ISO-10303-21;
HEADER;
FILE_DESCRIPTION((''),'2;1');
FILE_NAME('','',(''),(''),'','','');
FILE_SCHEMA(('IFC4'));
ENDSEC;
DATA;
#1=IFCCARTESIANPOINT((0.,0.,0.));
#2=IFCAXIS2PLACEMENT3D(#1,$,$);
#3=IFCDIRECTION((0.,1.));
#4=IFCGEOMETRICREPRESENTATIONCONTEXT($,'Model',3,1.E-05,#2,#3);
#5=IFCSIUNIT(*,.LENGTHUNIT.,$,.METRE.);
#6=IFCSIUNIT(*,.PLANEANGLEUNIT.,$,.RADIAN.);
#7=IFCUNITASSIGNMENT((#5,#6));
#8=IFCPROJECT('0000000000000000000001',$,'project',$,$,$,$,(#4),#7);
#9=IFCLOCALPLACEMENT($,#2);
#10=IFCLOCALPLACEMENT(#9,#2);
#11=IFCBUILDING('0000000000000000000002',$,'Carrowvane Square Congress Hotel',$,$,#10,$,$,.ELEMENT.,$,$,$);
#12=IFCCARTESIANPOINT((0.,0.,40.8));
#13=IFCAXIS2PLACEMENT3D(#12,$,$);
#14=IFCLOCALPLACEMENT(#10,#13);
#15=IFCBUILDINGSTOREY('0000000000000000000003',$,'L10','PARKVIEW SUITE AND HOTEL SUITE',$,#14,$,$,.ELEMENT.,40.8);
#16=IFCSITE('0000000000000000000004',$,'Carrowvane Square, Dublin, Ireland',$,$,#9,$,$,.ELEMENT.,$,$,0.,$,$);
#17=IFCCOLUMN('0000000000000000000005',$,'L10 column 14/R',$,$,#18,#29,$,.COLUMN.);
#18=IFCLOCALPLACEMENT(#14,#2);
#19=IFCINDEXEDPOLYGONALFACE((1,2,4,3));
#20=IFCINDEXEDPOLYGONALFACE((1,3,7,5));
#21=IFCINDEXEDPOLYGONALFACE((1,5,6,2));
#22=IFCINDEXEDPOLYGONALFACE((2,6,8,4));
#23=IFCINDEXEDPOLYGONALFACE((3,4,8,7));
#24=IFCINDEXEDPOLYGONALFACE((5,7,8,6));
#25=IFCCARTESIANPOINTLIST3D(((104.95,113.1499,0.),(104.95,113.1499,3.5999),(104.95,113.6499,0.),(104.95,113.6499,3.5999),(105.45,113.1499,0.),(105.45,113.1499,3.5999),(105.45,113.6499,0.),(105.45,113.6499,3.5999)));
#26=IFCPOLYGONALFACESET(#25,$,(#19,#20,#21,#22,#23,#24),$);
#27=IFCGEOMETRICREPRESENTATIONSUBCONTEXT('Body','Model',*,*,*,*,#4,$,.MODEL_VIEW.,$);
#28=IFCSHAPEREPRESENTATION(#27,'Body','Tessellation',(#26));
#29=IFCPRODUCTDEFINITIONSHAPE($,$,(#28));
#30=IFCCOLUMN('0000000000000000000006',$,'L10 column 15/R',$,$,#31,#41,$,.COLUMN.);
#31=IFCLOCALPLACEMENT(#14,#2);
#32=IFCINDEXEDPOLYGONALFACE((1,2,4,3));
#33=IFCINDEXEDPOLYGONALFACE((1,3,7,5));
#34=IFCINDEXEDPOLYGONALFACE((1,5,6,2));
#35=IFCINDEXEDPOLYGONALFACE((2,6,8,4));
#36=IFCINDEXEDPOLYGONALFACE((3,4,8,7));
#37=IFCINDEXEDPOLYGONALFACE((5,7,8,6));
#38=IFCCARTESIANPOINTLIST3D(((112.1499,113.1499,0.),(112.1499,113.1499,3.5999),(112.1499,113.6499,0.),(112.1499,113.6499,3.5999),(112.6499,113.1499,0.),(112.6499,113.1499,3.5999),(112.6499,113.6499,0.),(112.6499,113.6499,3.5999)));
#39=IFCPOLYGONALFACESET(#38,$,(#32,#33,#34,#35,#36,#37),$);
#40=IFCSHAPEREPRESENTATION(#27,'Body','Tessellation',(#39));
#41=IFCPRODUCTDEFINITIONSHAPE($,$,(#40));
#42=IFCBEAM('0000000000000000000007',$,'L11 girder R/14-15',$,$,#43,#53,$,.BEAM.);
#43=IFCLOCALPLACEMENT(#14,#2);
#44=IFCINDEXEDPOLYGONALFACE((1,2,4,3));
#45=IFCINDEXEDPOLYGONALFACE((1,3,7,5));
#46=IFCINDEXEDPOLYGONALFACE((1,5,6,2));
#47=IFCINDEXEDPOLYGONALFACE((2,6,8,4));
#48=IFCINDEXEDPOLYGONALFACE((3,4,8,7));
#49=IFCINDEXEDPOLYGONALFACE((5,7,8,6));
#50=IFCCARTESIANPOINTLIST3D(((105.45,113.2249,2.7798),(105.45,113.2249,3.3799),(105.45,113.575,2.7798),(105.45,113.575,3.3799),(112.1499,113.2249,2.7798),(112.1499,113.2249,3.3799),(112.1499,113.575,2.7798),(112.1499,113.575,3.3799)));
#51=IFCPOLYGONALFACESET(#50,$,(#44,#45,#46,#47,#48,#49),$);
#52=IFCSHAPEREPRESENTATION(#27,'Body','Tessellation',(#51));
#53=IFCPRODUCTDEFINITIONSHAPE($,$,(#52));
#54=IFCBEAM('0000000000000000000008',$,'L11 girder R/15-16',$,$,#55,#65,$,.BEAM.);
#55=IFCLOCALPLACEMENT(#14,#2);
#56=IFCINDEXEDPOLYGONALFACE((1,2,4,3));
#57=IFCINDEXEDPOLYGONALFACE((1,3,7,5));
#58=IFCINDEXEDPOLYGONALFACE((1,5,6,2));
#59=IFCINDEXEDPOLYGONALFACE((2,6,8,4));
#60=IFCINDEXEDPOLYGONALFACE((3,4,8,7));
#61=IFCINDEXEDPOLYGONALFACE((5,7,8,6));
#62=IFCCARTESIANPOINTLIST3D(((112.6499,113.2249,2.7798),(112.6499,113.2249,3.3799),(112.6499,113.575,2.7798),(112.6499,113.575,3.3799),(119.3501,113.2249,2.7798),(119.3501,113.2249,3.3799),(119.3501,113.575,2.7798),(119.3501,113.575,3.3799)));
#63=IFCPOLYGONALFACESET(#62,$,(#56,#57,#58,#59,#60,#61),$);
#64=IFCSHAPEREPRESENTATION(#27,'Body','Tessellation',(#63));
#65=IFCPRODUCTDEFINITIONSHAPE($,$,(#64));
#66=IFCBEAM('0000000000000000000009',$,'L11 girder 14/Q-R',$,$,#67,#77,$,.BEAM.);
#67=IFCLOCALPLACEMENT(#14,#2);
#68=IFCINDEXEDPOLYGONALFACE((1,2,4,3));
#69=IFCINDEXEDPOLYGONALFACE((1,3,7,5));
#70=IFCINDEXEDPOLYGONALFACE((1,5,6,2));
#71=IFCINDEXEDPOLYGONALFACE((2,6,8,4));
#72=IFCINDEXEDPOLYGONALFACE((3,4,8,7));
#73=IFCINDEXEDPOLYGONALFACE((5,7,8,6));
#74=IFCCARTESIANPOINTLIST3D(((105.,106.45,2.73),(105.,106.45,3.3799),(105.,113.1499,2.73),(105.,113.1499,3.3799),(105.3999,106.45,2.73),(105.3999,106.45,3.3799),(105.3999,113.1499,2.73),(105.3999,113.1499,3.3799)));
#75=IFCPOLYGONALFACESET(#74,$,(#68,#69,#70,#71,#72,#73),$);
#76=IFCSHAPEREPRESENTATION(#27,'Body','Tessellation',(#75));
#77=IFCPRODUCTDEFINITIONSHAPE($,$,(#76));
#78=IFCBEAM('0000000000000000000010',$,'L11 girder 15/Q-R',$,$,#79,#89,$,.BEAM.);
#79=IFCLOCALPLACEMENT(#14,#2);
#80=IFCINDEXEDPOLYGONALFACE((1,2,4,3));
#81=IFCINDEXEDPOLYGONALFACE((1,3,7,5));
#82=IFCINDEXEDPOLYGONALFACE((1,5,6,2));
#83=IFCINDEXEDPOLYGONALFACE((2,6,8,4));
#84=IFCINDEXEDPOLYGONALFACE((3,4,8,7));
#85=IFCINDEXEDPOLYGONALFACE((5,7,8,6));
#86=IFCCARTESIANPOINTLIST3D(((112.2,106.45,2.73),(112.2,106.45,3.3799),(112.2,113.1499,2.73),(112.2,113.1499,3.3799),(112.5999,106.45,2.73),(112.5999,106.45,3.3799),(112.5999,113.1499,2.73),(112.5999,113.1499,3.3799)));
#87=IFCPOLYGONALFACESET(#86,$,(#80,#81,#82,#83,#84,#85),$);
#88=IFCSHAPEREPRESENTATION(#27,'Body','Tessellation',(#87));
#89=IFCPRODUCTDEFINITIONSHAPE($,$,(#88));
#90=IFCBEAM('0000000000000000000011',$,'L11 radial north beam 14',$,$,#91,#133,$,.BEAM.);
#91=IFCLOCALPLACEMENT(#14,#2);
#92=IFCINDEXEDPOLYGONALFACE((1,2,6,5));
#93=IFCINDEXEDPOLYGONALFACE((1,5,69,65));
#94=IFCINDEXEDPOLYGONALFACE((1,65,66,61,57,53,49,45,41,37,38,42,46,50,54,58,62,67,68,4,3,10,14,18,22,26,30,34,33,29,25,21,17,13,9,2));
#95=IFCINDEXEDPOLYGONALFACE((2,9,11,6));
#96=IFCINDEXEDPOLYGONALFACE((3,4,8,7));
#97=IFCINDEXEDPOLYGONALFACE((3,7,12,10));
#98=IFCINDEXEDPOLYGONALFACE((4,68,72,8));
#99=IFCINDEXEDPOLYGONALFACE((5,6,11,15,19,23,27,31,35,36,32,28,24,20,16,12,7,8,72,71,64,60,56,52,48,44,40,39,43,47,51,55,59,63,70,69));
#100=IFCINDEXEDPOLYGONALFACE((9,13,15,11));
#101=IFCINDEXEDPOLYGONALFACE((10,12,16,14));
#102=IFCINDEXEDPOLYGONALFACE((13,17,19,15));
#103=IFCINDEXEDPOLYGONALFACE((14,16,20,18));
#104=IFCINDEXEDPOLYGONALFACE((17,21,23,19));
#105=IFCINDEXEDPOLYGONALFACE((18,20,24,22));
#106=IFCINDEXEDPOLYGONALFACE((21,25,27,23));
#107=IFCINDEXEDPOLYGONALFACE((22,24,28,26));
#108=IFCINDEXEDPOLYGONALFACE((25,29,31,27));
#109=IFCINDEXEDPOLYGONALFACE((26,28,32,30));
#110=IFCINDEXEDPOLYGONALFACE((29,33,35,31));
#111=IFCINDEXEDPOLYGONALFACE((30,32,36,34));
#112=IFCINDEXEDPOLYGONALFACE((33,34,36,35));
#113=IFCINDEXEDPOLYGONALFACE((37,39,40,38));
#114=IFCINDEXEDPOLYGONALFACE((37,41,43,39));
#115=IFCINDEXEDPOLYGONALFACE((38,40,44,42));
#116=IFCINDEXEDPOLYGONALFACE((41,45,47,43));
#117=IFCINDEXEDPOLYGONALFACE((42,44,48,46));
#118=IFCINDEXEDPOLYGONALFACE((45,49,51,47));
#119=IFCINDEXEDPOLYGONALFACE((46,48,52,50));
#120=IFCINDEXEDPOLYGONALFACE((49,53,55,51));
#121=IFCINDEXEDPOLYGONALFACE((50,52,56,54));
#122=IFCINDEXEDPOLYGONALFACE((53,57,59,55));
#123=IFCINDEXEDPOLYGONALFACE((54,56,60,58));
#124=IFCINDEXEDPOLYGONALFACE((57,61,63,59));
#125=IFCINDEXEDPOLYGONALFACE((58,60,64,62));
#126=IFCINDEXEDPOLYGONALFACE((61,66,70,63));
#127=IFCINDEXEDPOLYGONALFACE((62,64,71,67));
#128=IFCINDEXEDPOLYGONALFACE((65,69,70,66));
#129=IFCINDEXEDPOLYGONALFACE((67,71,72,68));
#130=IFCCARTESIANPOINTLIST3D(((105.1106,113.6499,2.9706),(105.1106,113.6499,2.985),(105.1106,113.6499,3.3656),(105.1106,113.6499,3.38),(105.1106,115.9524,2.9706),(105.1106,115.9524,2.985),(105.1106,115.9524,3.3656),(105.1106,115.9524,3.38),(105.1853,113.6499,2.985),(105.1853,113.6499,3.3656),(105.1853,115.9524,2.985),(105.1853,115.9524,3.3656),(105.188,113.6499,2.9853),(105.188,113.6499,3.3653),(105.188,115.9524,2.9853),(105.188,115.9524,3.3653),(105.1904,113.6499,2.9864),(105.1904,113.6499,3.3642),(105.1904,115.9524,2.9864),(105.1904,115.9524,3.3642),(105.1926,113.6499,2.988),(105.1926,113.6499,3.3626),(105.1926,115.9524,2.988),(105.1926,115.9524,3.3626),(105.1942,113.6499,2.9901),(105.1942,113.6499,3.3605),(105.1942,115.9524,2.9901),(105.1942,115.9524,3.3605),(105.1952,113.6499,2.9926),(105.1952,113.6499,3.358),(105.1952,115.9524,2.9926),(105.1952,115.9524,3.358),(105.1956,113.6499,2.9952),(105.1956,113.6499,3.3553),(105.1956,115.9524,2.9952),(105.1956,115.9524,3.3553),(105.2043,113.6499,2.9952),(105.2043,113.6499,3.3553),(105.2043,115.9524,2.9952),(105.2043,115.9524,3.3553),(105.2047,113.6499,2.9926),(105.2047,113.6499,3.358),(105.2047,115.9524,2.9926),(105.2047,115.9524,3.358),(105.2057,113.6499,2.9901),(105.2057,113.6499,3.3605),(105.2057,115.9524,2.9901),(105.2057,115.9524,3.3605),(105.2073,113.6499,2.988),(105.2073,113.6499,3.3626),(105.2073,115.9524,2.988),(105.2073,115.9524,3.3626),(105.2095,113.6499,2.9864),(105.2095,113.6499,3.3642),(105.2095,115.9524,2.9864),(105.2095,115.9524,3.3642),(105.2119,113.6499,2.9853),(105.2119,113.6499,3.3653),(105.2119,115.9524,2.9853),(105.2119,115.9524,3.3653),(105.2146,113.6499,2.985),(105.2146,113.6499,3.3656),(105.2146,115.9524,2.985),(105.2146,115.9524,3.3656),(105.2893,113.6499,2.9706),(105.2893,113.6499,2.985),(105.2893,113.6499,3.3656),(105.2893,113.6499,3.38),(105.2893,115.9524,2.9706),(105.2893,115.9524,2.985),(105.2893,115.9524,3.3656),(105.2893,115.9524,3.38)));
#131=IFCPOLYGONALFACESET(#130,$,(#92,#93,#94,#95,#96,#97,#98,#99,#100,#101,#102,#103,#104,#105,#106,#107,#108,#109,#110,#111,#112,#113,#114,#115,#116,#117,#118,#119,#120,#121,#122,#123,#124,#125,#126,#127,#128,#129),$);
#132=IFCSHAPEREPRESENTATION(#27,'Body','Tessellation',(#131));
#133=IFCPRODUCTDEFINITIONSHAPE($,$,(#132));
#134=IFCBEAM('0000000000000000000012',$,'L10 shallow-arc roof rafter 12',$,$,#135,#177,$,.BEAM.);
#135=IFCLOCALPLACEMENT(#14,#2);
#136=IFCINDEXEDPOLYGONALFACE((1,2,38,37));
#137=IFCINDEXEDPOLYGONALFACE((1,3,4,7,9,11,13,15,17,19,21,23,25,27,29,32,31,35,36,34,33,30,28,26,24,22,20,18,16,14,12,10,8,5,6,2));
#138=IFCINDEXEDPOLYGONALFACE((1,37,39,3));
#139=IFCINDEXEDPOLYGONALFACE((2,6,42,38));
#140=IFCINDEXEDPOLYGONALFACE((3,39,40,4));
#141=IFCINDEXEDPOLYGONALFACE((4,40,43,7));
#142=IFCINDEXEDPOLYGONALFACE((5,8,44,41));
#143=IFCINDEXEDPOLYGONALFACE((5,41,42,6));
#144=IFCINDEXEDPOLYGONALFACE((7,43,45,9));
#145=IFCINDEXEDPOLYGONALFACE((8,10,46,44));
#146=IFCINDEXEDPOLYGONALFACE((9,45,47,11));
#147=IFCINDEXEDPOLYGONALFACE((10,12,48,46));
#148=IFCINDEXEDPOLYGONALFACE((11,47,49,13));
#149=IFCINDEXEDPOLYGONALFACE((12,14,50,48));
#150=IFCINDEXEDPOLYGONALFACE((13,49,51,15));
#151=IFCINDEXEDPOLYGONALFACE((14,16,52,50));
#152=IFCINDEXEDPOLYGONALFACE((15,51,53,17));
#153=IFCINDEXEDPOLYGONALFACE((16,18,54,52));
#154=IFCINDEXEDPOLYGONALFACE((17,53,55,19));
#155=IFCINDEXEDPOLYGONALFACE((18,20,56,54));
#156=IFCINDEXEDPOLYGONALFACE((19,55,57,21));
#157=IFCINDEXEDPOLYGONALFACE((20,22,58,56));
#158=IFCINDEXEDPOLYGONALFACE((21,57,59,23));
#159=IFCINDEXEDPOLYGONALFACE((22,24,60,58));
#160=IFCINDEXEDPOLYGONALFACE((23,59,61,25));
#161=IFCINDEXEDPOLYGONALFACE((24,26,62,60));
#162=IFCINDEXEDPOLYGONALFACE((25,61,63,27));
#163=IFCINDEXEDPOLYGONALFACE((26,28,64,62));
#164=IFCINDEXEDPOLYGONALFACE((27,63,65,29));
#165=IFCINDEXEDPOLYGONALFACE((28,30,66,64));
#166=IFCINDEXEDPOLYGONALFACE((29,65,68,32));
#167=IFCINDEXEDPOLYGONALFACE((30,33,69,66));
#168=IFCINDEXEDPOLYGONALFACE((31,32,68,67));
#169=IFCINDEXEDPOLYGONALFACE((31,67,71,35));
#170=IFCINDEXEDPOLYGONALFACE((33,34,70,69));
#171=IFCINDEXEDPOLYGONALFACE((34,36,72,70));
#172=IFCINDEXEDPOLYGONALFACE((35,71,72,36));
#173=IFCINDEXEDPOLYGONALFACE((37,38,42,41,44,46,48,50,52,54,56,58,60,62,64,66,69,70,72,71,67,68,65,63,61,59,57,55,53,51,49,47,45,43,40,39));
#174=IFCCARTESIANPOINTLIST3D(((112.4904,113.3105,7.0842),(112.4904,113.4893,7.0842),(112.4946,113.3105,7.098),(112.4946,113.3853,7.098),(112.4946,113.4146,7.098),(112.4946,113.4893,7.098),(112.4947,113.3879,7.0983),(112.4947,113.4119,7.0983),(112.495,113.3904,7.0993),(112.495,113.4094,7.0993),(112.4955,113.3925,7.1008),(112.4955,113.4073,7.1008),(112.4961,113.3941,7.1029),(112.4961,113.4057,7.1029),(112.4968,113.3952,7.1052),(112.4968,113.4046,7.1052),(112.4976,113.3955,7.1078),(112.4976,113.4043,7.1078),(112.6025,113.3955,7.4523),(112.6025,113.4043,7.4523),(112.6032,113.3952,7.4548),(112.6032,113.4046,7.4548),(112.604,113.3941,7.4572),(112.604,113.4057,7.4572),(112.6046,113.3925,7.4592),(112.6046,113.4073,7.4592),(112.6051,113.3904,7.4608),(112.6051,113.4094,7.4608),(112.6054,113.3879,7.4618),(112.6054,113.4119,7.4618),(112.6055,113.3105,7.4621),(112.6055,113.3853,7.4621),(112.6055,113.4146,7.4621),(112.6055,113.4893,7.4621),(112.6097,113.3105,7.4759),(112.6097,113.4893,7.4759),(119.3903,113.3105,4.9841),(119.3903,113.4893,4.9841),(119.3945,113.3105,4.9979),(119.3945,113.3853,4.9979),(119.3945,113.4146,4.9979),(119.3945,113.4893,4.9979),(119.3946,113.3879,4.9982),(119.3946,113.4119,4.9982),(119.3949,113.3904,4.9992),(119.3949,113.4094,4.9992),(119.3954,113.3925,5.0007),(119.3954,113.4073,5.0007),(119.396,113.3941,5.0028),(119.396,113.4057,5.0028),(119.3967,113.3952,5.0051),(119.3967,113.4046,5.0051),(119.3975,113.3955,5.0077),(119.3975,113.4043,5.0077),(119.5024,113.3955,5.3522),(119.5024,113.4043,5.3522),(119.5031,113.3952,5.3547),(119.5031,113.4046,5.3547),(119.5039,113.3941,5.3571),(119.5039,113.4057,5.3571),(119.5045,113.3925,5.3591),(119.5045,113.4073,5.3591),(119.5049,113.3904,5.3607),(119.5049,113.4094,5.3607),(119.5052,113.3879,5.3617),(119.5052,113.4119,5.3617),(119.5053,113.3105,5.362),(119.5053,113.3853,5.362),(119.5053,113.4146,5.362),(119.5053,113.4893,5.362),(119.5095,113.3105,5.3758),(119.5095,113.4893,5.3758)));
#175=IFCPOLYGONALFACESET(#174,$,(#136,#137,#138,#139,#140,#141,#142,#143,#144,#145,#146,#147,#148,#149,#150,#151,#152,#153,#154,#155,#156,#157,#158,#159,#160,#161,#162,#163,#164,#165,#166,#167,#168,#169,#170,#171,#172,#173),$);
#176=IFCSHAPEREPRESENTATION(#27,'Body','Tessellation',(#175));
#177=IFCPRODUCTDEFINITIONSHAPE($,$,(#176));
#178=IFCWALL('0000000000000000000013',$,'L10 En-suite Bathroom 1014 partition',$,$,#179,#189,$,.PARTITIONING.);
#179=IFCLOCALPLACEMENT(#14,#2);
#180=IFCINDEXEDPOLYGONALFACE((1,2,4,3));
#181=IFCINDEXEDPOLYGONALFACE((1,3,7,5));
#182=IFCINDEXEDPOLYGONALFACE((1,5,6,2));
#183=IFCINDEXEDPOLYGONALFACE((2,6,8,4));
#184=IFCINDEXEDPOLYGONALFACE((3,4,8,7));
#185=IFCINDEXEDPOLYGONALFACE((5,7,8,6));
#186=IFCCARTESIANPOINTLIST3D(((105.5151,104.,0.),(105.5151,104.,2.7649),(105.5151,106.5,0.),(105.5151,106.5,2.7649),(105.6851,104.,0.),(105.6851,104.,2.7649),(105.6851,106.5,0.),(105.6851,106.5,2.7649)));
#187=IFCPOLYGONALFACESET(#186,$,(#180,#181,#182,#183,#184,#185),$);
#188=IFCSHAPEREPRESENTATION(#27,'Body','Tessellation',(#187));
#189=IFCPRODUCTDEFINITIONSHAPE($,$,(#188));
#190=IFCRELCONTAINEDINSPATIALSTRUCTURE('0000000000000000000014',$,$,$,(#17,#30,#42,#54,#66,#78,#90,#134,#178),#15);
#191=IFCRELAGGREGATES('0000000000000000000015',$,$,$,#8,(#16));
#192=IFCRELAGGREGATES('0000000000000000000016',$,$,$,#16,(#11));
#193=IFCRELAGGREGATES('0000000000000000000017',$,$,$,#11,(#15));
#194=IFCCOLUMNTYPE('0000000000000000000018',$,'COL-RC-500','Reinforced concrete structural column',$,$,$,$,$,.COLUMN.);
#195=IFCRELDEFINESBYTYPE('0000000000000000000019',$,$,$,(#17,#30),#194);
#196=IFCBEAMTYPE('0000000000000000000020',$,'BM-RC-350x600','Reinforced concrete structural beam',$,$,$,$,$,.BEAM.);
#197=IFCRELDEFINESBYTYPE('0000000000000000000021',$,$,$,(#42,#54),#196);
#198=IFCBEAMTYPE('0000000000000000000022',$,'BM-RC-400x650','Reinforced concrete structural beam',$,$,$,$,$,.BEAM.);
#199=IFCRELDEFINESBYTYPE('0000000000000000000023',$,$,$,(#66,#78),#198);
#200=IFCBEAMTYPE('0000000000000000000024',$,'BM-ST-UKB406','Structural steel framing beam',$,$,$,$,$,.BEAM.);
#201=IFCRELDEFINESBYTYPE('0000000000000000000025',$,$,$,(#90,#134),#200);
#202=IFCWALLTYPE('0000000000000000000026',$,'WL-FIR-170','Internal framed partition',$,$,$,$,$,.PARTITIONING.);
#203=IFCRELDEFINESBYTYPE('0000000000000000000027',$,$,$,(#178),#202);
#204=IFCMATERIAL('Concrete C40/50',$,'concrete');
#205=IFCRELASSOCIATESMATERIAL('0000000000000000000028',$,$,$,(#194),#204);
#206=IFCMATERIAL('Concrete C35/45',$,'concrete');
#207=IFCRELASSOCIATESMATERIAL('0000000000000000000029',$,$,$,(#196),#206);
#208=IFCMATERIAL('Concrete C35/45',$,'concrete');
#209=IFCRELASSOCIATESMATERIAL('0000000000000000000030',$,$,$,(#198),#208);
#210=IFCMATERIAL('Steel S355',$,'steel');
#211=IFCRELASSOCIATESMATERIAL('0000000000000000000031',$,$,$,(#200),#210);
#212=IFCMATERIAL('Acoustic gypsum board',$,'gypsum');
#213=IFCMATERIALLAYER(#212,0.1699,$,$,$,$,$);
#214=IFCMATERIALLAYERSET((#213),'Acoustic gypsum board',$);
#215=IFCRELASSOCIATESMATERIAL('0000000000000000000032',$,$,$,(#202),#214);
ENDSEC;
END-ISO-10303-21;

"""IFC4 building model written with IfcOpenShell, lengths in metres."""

from ifc_helpers import new_model, si_unit, direction, frame, frame_2d, origin, origin_2d, place, context, subcontext, project, spatial, rectangle, i_section, extrude, material, layer, layer_set, material_profile, profile_set, type_object, element, save


model = new_model("IFC4")

# Units and contexts
model_context = context("Model", 3, precision=1e-05, world=origin(), true_north=direction((0.0, 1.0)))
body_context = subcontext(model_context, "Body", "Model", "MODEL_VIEW")
ifc_project = project(units=[si_unit("LENGTHUNIT", "METRE"), si_unit("PLANEANGLEUNIT", "RADIAN")], contexts=[model_context])

# Site, building, storey
site_placement = place(None, origin())
site = spatial("IfcSite", under=ifc_project, at=site_placement, Name="Carrowvane Square, Dublin, Ireland", CompositionType="ELEMENT", RefElevation=0.0)
building_placement = place(site_placement, origin())
building = spatial("IfcBuilding", under=site, at=building_placement, Name="Carrowvane Square Congress Hotel", CompositionType="ELEMENT")
storey_placement = place(building_placement, frame((0.0, 0.0, 40.8)))
storey = spatial("IfcBuildingStorey", under=building, at=storey_placement, Name="L10", Description="PARKVIEW SUITE AND HOTEL SUITE", CompositionType="ELEMENT", Elevation=40.8)

# Columns
ifc_material_1 = material(Name="Concrete C40/50", Category="concrete")
ifc_material_profile_1 = material_profile(ifc_material_1, rectangle(XDim=0.5, YDim=0.5, at=origin_2d()), Name="RC 500x500")
ifc_profile_set_1 = profile_set([ifc_material_profile_1], Name="Concrete C40/50")
column_type = type_object("IfcColumnType", Name="COL-RC-500", Description="Reinforced concrete structural column", PredefinedType="COLUMN", material=ifc_profile_set_1)
for number, where, z_axis, x_axis, name in (
    (1, (105.2, 113.3999, 0.0), (0.0, 0.0, 1.0), (1.0, 0.0, 0.0), "L10 column 14/R"),
    (2, (112.3999, 113.3999, 0.0), (0.0, 0.0, 1.0), (1.0, 0.0, 0.0), "L10 column 15/R"),
):
    element("IfcColumn", number, at=place(storey_placement, frame(where, z_axis=z_axis, x_axis=x_axis)), inside=storey, type_object=column_type, Name=name, PredefinedType="COLUMN", context=body_context, shape_type="SweptSolid", body=[
        extrude(rectangle(XDim=0.5, YDim=0.5, at=origin_2d()), origin(), (0.0, 0.0, 1.0), 3.5999),
    ])

# Beams
ifc_material_2 = material(Name="Concrete C35/45", Category="concrete")
ifc_material_profile_2 = material_profile(ifc_material_2, rectangle(XDim=0.3501, YDim=0.6001, at=origin_2d()), Name="RC 350x600")
ifc_profile_set_2 = profile_set([ifc_material_profile_2], Name="Concrete C35/45")
beam_type_1 = type_object("IfcBeamType", Name="BM-RC-350x600", Description="Reinforced concrete structural beam", PredefinedType="BEAM", material=ifc_profile_set_2)
beam_1_placement = place(storey_placement, frame((105.45, 113.3999, 3.0798), z_axis=(1.0, 0.0, 0.0), x_axis=(0.0, 1.0, 0.0)))
element("IfcBeam", 3, at=beam_1_placement, inside=storey, type_object=beam_type_1, Name="L11 girder R/14-15", PredefinedType="BEAM", context=body_context, shape_type="SweptSolid", body=[
    extrude(rectangle(XDim=0.3501, YDim=0.6001, at=origin_2d()), origin(), (0.0, 0.0, 1.0), 6.7),
])
beam_2_placement = place(storey_placement, frame((112.6499, 113.3999, 3.0798), z_axis=(1.0, 0.0, 0.0), x_axis=(0.0, 1.0, 0.0)))
element("IfcBeam", 4, at=beam_2_placement, inside=storey, type_object=beam_type_1, Name="L11 girder R/15-16", PredefinedType="BEAM", context=body_context, shape_type="SweptSolid", body=[
    extrude(rectangle(XDim=0.3501, YDim=0.6001, at=origin_2d()), origin(), (0.0, 0.0, 1.0), 6.7002),
])
ifc_material_3 = material(Name="Concrete C35/45", Category="concrete")
ifc_material_profile_3 = material_profile(ifc_material_3, rectangle(XDim=0.3999, YDim=0.6499, at=origin_2d()), Name="RC 400x650")
ifc_profile_set_3 = profile_set([ifc_material_profile_3], Name="Concrete C35/45")
beam_type_2 = type_object("IfcBeamType", Name="BM-RC-400x650", Description="Reinforced concrete structural beam", PredefinedType="BEAM", material=ifc_profile_set_3)
for number, where, z_axis, x_axis, name in (
    (5, (105.2, 106.45, 3.0549), (0.0, 1.0, 0.0), (-1.0, 0.0, 0.0), "L11 girder 14/Q-R"),
    (6, (112.3999, 106.45, 3.0549), (0.0, 1.0, 0.0), (-1.0, 0.0, 0.0), "L11 girder 15/Q-R"),
):
    element("IfcBeam", number, at=place(storey_placement, frame(where, z_axis=z_axis, x_axis=x_axis)), inside=storey, type_object=beam_type_2, Name=name, PredefinedType="BEAM", context=body_context, shape_type="SweptSolid", body=[
        extrude(rectangle(XDim=0.3999, YDim=0.6499, at=origin_2d()), origin(), (0.0, 0.0, 1.0), 6.7),
    ])
ifc_material_4 = material(Name="Steel S355", Category="steel")
ifc_material_profile_4 = material_profile(ifc_material_4, i_section(OverallWidth=0.1787, OverallDepth=0.4094, WebThickness=0.0088, FlangeThickness=0.0144, FilletRadius=0.0103, at=origin_2d()), Name="UKB 406x178x67")
ifc_profile_set_4 = profile_set([ifc_material_profile_4], Name="Steel S355")
beam_type_3 = type_object("IfcBeamType", Name="BM-ST-UKB406", Description="Structural steel framing beam", PredefinedType="BEAM", material=ifc_profile_set_4)
beam_3_placement = place(storey_placement, frame((105.2, 113.6499, 3.1753), z_axis=(0.0, 1.0, 0.0), x_axis=(-1.0, 0.0, 0.0)))
element("IfcBeam", 7, at=beam_3_placement, inside=storey, type_object=beam_type_3, Name="L11 radial north beam 14", PredefinedType="BEAM", context=body_context, shape_type="SweptSolid", body=[
    extrude(i_section(OverallWidth=0.1787, OverallDepth=0.4094, WebThickness=0.0088, FlangeThickness=0.0144, FilletRadius=0.0103, at=origin_2d()), origin(), (0.0, 0.0, 1.0), 2.3025),
])
beam_4_placement = place(storey_placement, frame((112.55, 113.3999, 7.28), z_axis=(0.956669, 0.0, -0.291178), x_axis=(0.0, 1.0, 0.0)))
element("IfcBeam", 8, at=beam_4_placement, inside=storey, type_object=beam_type_3, Name="L10 shallow-arc roof rafter 12", PredefinedType="BEAM", context=body_context, shape_type="SweptSolid", body=[
    extrude(i_section(OverallWidth=0.1787, OverallDepth=0.4094, WebThickness=0.0088, FlangeThickness=0.0144, FilletRadius=0.0103, at=origin_2d()), origin(), (0.0, 0.0, 1.0), 7.2124),
])

# Wall
ifc_material_5 = material(Name="Acoustic gypsum board", Category="gypsum")
ifc_layer_1 = layer(ifc_material_5, 0.1699)
ifc_layer_set_1 = layer_set([ifc_layer_1], Name="Acoustic gypsum board")
wall_type_1 = type_object("IfcWallType", Name="WL-FIR-170", Description="Internal framed partition", PredefinedType="PARTITIONING", material=ifc_layer_set_1)
wall_1_placement = place(storey_placement, frame((105.6001, 106.5, 0.0), z_axis=(0.0, 0.0, 1.0), x_axis=(0.0, -1.0, 0.0)))
element("IfcWall", 9, at=wall_1_placement, inside=storey, type_object=wall_type_1, Name="L10 En-suite Bathroom 1014 partition", PredefinedType="PARTITIONING", context=body_context, shape_type="SweptSolid", body=[
    extrude(rectangle(XDim=2.5, YDim=0.1699, at=frame_2d((1.25, 0.0))), origin(), (0.0, 0.0, 1.0), 2.7649),
])

save(model, "model.ifc")
